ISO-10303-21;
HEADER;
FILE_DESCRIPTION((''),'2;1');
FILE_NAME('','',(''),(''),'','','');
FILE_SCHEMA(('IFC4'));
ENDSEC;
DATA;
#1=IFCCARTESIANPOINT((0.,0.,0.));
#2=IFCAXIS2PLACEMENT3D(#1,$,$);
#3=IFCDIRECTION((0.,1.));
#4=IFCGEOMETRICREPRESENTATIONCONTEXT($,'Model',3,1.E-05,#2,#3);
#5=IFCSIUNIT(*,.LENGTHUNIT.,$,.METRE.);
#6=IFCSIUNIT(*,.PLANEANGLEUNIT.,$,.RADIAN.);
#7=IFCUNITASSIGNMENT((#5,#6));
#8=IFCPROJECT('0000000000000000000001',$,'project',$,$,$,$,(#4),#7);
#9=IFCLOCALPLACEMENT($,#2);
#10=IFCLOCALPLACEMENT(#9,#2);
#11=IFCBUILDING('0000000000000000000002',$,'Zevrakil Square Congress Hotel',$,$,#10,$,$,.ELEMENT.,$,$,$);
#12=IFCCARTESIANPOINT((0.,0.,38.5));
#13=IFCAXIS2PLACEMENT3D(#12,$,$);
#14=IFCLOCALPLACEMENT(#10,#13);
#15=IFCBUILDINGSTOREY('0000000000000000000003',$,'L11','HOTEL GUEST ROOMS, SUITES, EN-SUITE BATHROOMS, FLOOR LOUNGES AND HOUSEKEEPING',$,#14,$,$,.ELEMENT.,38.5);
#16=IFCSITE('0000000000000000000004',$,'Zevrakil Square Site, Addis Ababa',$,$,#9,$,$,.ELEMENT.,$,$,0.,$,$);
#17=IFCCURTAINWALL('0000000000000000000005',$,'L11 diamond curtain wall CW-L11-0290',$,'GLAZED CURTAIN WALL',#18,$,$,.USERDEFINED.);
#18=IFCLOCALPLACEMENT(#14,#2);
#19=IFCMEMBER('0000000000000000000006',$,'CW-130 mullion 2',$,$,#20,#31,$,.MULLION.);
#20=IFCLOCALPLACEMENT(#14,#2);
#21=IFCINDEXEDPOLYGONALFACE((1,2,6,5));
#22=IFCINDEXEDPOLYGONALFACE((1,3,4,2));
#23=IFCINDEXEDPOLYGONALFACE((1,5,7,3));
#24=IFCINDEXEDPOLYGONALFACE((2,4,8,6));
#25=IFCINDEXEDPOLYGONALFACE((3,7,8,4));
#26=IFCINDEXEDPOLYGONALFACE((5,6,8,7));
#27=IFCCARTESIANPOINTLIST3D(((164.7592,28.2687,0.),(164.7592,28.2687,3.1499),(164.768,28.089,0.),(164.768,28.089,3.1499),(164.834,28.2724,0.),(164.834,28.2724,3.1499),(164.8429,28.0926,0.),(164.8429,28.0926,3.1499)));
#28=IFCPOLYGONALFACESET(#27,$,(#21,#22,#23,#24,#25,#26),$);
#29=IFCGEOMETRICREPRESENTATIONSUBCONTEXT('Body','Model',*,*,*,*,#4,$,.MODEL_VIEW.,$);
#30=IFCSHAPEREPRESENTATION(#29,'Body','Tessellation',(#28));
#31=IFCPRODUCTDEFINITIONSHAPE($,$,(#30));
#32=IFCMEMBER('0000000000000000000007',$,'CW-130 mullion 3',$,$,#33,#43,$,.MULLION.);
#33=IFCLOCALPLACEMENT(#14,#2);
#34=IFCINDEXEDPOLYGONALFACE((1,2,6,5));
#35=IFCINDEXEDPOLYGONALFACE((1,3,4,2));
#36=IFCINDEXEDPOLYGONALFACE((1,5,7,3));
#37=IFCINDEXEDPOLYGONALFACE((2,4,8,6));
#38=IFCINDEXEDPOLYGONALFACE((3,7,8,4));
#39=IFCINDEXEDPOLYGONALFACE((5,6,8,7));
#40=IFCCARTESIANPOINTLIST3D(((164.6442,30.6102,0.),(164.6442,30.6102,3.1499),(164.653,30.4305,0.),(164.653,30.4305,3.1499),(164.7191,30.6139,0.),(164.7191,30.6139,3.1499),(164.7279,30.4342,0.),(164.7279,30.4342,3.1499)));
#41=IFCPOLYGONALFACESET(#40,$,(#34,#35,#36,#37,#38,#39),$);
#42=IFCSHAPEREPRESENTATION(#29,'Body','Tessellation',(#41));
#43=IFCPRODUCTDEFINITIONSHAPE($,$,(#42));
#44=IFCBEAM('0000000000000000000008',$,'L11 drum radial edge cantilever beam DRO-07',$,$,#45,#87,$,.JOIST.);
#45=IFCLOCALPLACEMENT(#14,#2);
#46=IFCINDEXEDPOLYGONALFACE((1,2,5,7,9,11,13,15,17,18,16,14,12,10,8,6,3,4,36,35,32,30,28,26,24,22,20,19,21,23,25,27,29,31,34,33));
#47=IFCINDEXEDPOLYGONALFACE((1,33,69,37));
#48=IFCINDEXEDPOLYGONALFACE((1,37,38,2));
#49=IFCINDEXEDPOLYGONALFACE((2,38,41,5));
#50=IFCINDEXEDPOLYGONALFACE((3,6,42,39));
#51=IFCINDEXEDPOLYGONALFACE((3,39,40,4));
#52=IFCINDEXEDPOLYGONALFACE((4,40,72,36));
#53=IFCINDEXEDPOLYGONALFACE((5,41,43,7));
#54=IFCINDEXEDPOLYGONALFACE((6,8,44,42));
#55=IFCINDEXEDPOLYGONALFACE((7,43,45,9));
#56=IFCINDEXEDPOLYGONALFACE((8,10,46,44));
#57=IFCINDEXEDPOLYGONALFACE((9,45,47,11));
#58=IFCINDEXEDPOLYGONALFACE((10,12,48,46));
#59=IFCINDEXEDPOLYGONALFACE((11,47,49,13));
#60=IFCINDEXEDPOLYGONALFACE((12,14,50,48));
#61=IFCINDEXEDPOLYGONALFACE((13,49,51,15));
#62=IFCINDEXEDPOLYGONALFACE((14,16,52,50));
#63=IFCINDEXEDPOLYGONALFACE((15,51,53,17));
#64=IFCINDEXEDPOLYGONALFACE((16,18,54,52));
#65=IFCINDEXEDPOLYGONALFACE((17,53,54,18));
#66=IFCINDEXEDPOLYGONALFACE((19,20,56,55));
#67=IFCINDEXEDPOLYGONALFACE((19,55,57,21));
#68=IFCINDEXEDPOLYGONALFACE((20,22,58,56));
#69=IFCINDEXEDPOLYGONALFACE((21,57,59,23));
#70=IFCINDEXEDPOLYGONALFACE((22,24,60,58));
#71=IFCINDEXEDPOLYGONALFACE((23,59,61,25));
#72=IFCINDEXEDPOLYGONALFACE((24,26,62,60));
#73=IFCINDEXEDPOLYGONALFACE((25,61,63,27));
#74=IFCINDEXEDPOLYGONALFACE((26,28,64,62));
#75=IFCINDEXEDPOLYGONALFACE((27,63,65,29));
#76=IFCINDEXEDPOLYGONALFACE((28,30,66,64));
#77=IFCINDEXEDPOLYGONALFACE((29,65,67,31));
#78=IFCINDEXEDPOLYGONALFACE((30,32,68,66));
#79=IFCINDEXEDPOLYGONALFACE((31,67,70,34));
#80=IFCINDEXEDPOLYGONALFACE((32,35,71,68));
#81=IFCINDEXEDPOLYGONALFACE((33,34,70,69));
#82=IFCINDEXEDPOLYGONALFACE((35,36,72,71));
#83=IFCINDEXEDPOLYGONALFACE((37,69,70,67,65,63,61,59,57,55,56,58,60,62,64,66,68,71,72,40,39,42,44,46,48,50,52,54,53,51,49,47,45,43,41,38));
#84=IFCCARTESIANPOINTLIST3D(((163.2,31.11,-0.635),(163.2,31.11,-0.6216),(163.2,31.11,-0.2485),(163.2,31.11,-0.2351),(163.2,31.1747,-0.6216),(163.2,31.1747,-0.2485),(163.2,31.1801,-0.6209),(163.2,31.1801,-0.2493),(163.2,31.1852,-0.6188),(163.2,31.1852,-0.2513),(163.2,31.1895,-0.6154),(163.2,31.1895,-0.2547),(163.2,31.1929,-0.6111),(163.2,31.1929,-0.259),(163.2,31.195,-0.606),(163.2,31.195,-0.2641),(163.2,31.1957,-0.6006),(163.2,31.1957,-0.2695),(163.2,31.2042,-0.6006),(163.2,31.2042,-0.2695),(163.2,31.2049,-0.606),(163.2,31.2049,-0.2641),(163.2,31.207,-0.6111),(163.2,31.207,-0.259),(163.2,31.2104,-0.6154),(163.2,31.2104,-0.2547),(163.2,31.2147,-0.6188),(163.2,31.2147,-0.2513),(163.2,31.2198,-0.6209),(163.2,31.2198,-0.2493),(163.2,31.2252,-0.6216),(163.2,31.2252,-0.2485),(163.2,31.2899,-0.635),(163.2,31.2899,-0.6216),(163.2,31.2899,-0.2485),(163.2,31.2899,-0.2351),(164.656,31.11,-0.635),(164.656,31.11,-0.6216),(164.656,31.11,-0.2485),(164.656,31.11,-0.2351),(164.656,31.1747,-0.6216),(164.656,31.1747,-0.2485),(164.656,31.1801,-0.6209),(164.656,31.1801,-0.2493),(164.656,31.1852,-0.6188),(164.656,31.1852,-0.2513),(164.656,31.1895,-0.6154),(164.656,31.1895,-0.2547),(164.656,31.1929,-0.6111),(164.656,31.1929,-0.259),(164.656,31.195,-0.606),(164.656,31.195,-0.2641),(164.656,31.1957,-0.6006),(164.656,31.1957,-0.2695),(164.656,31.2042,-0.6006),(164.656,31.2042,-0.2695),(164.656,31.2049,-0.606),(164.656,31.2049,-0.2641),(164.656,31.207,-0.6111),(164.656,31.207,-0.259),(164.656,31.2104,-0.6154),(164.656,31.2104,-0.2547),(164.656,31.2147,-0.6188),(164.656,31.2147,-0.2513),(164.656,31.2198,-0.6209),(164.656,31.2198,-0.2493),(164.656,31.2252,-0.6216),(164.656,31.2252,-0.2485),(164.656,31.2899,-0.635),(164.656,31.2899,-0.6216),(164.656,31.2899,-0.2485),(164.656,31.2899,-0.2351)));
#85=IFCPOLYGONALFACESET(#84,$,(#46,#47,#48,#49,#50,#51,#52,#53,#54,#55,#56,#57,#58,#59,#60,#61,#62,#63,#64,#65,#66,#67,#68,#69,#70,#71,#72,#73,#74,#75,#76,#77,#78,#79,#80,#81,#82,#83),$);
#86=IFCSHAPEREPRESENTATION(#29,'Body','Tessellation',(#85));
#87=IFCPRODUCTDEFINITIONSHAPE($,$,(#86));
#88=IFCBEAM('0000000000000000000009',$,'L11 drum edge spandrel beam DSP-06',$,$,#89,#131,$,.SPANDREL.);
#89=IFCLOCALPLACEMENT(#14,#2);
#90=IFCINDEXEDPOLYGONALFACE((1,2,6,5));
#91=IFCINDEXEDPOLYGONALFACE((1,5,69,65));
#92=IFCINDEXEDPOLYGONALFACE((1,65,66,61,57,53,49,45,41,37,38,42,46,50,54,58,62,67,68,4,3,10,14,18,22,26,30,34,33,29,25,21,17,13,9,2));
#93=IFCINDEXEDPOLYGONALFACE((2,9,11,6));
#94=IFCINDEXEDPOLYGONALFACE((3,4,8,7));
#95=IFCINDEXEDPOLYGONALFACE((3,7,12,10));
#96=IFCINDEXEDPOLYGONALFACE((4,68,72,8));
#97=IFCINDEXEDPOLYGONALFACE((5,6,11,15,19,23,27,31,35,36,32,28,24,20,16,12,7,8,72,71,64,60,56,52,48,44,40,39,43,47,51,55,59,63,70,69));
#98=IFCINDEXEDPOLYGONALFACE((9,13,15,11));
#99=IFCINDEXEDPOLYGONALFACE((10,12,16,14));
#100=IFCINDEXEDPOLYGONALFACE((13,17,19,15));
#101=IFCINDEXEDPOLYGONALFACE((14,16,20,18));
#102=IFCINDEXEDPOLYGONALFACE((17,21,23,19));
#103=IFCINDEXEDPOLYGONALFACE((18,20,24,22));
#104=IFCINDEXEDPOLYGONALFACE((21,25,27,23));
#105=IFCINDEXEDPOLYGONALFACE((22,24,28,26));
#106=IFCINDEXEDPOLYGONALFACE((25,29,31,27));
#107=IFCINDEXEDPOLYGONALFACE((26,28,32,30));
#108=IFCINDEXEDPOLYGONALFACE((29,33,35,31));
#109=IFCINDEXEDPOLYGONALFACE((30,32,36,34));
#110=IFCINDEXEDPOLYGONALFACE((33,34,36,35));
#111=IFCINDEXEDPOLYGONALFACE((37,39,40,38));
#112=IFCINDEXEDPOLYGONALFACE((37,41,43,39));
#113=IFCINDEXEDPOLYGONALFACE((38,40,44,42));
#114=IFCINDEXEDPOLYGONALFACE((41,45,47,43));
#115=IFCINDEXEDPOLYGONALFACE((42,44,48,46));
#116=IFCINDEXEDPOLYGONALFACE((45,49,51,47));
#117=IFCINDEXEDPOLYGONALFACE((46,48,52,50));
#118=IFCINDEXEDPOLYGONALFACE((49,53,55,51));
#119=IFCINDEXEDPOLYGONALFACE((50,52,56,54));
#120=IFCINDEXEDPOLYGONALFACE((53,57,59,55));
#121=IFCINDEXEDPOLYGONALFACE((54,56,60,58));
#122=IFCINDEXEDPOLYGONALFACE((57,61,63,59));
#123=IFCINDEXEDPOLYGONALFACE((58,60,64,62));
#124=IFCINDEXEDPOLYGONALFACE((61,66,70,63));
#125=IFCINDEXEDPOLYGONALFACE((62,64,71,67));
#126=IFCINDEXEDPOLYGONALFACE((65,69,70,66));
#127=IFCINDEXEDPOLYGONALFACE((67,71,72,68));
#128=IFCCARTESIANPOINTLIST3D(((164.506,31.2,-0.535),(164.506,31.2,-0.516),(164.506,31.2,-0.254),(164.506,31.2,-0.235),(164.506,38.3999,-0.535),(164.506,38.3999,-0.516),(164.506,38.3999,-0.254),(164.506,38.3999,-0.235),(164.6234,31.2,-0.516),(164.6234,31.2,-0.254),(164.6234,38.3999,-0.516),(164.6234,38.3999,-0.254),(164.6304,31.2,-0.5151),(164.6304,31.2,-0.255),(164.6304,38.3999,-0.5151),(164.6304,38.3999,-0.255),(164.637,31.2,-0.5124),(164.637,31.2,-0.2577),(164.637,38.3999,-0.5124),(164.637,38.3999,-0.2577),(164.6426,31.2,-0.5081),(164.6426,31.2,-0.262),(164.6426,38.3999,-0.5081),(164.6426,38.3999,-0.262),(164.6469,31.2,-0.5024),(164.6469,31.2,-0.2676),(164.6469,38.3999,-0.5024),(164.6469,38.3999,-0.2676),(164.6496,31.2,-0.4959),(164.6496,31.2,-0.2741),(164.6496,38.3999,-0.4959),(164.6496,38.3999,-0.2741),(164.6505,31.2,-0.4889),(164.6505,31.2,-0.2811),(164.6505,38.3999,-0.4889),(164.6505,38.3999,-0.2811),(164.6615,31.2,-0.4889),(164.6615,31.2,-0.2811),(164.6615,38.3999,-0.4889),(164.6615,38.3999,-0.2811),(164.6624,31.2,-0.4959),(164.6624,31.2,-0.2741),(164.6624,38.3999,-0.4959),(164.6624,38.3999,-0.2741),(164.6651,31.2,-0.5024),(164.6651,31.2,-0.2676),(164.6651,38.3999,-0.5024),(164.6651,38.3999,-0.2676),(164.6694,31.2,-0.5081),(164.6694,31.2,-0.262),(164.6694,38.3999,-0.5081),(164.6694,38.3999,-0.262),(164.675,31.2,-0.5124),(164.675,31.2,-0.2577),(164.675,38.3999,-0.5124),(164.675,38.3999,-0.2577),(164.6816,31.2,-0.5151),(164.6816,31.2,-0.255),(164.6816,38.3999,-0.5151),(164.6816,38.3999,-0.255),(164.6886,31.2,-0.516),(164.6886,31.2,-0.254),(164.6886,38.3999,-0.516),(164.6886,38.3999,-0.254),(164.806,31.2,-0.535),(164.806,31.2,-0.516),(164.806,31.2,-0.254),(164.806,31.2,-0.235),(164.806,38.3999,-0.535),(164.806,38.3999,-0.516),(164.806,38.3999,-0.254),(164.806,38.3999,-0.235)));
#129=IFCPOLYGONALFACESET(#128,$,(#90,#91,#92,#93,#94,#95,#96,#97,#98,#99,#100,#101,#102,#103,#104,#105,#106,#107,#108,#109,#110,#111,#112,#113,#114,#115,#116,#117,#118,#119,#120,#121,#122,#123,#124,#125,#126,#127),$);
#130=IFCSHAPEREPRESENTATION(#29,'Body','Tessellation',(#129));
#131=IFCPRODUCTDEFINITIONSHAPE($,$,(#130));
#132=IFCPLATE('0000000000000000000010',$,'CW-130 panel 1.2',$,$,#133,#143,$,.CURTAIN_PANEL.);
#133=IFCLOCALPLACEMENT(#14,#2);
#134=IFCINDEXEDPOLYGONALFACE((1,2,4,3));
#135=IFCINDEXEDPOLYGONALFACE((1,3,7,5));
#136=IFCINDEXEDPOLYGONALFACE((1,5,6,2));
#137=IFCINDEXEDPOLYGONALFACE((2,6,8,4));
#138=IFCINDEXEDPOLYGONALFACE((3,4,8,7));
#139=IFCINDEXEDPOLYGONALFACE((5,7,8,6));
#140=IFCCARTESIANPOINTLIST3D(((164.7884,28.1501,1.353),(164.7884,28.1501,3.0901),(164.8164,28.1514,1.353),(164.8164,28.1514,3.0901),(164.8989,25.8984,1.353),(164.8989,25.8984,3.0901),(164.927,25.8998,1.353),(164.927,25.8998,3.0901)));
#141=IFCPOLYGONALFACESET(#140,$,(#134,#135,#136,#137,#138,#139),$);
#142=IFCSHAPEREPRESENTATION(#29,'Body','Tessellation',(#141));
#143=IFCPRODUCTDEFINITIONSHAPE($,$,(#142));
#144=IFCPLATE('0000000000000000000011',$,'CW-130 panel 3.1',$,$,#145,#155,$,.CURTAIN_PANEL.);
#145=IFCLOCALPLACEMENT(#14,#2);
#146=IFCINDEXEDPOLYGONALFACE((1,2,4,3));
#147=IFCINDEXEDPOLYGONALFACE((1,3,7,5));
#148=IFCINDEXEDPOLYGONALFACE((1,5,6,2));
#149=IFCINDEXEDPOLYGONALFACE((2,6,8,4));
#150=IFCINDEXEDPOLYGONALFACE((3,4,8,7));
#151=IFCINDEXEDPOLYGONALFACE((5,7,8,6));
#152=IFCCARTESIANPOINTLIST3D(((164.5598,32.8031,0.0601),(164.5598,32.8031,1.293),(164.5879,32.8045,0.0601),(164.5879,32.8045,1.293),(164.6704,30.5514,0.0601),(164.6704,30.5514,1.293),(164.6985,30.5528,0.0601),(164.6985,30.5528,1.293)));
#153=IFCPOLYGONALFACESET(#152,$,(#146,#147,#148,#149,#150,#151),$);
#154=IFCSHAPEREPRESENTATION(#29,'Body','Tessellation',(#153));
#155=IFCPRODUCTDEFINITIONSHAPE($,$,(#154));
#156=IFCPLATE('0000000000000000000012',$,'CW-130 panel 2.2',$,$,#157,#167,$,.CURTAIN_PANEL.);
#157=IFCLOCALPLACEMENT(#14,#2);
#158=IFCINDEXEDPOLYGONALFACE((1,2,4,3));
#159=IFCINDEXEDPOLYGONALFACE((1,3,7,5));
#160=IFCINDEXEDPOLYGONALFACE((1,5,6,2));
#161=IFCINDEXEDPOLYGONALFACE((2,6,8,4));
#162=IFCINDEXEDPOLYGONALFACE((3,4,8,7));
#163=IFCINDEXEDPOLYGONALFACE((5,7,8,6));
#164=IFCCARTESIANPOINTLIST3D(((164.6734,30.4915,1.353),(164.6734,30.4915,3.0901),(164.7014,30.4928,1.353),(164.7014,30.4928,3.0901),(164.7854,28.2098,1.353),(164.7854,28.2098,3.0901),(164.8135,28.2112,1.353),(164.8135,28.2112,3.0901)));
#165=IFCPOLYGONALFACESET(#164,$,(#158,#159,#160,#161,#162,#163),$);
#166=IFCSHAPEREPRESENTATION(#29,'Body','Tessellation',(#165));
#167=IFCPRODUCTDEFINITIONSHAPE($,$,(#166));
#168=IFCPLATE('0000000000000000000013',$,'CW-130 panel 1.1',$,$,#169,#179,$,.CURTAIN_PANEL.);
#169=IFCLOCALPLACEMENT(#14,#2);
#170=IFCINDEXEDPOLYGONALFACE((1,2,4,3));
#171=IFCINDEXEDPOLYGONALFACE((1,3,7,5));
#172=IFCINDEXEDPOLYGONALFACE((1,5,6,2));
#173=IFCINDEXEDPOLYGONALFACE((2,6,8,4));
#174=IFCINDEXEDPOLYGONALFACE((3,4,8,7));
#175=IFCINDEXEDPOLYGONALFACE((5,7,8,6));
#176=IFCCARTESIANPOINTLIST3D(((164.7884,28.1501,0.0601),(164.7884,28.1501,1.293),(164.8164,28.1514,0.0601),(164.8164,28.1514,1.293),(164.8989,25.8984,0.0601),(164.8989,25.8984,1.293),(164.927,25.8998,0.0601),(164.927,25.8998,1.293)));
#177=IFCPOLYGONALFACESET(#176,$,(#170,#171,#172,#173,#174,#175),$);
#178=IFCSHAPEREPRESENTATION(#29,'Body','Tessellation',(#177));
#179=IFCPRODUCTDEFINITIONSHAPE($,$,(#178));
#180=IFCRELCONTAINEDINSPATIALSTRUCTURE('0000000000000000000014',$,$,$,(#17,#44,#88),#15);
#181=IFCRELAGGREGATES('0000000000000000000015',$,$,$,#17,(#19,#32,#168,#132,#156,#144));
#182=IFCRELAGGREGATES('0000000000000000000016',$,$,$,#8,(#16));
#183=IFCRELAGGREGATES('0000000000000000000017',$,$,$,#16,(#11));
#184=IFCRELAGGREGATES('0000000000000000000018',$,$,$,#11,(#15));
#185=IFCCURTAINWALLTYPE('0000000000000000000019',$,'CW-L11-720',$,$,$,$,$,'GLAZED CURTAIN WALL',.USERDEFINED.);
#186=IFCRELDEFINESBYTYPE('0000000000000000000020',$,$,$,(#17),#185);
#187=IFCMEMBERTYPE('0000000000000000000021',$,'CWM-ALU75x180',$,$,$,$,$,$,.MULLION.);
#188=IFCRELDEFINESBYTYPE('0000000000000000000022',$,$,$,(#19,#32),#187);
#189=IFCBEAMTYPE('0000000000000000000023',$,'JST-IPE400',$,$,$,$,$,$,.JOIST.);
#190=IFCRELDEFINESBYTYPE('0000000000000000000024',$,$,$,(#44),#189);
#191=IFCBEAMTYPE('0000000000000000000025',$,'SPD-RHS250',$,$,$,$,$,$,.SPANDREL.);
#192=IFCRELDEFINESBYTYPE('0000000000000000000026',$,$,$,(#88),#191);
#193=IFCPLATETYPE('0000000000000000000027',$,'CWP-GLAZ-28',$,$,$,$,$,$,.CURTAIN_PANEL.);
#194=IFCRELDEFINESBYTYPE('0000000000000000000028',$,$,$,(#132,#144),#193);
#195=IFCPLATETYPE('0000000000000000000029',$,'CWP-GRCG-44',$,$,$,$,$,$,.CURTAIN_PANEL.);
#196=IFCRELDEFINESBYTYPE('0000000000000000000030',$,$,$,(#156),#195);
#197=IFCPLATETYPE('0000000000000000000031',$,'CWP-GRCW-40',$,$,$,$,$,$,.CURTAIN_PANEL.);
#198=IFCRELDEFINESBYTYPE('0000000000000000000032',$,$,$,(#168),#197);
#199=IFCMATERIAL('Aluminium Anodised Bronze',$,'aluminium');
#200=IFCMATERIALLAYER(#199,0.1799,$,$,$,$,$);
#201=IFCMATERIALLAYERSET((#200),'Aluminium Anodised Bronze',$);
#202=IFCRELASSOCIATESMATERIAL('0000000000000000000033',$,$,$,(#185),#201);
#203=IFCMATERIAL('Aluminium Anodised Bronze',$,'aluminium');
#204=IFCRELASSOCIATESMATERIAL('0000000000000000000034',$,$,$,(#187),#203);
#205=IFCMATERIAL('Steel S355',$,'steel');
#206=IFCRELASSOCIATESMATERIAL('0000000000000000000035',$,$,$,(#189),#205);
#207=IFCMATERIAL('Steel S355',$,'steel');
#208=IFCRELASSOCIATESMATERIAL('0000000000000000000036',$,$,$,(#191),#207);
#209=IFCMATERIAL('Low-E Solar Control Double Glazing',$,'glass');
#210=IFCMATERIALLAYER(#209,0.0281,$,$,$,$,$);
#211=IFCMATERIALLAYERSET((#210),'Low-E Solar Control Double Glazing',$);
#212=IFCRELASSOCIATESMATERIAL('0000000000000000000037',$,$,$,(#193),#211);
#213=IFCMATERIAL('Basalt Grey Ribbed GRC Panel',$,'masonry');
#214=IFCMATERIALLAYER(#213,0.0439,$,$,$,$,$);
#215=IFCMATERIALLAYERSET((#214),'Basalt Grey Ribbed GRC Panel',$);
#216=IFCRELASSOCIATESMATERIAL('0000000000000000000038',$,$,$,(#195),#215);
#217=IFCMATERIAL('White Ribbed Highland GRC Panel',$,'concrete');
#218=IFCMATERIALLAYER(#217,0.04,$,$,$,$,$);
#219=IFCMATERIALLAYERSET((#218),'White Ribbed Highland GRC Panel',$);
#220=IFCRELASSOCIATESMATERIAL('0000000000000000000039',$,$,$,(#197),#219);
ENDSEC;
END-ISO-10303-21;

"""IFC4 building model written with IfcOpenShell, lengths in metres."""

from ifc_helpers import new_model, si_unit, direction, frame, origin, origin_2d, place, context, subcontext, project, spatial, rectangle, i_section, extrude, material, layer, layer_set, material_profile, profile_set, type_object, element, aggregate, save


model = new_model("IFC4")

# Units and contexts
model_context = context("Model", 3, precision=1e-05, world=origin(), true_north=direction((0.0, 1.0)))
body_context = subcontext(model_context, "Body", "Model", "MODEL_VIEW")
ifc_project = project(units=[si_unit("LENGTHUNIT", "METRE"), si_unit("PLANEANGLEUNIT", "RADIAN")], contexts=[model_context])

# Site, building, storey
site_placement = place(None, origin())
site = spatial("IfcSite", under=ifc_project, at=site_placement, Name="Zevrakil Square Site, Addis Ababa", CompositionType="ELEMENT", RefElevation=0.0)
building_placement = place(site_placement, origin())
building = spatial("IfcBuilding", under=site, at=building_placement, Name="Zevrakil Square Congress Hotel", CompositionType="ELEMENT")
storey_placement = place(building_placement, frame((0.0, 0.0, 38.5)))
storey = spatial("IfcBuildingStorey", under=building, at=storey_placement, Name="L11", Description="HOTEL GUEST ROOMS, SUITES, EN-SUITE BATHROOMS, FLOOR LOUNGES AND HOUSEKEEPING", CompositionType="ELEMENT", Elevation=38.5)

# Curtain wall, members
ifc_material_1 = material(Name="Aluminium Anodised Bronze", Category="aluminium")
ifc_layer_1 = layer(ifc_material_1, 0.1799)
ifc_layer_set_1 = layer_set([ifc_layer_1], Name="Aluminium Anodised Bronze")
curtain_wall_type = type_object("IfcCurtainWallType", Name="CW-L11-720", ElementType="GLAZED CURTAIN WALL", PredefinedType="USERDEFINED", material=ifc_layer_set_1)
curtain_wall_placement = place(storey_placement, origin())
curtain_wall = element("IfcCurtainWall", 1, at=curtain_wall_placement, inside=storey, type_object=curtain_wall_type, Name="L11 diamond curtain wall CW-L11-0290", ObjectType="GLAZED CURTAIN WALL", PredefinedType="USERDEFINED")
ifc_material_2 = material(Name="Aluminium Anodised Bronze", Category="aluminium")
ifc_material_profile_1 = material_profile(ifc_material_2, rectangle(XDim=0.075, YDim=0.1799, at=origin_2d()), Name="ALU 75x180")
ifc_profile_set_1 = profile_set([ifc_material_profile_1], Name="Aluminium Anodised Bronze")
member_type_1 = type_object("IfcMemberType", Name="CWM-ALU75x180", PredefinedType="MULLION", material=ifc_profile_set_1)
member_1_placement = place(storey_placement, frame((164.801, 28.1807, 0.0), z_axis=(0.0, 0.0, 1.0), x_axis=(-0.998796, -0.049053, 0.0)))
member_1 = element("IfcMember", 2, at=member_1_placement, type_object=member_type_1, Name="CW-130 mullion 2", PredefinedType="MULLION", context=body_context, shape_type="SweptSolid", body=[
    extrude(rectangle(XDim=0.075, YDim=0.1799, at=origin_2d()), origin(), (0.0, 0.0, 1.0), 3.1499),
])
member_2_placement = place(storey_placement, frame((164.686, 30.5222, 0.0), z_axis=(0.0, 0.0, 1.0), x_axis=(-0.998796, -0.049053, 0.0)))
member_2 = element("IfcMember", 3, at=member_2_placement, type_object=member_type_1, Name="CW-130 mullion 3", PredefinedType="MULLION", context=body_context, shape_type="SweptSolid", body=[
    extrude(rectangle(XDim=0.075, YDim=0.1799, at=origin_2d()), origin(), (0.0, 0.0, 1.0), 3.1499),
])

# Beams
ifc_material_3 = material(Name="Steel S355", Category="steel")
ifc_material_profile_2 = material_profile(ifc_material_3, i_section(OverallWidth=0.1799, OverallDepth=0.3999, WebThickness=0.0085, FlangeThickness=0.0134, FilletRadius=0.021, at=origin_2d()), Name="IPE 400")
ifc_profile_set_2 = profile_set([ifc_material_profile_2], Name="Steel S355")
beam_type_1 = type_object("IfcBeamType", Name="JST-IPE400", PredefinedType="JOIST", material=ifc_profile_set_2)
beam_1_placement = place(storey_placement, frame((163.2, 31.2, -0.4351), z_axis=(1.0, 0.0, 0.0), x_axis=(0.0, 1.0, 0.0)))
element("IfcBeam", 4, at=beam_1_placement, inside=storey, type_object=beam_type_1, Name="L11 drum radial edge cantilever beam DRO-07", PredefinedType="JOIST", context=body_context, shape_type="SweptSolid", body=[
    extrude(i_section(OverallWidth=0.1799, OverallDepth=0.3999, WebThickness=0.0085, FlangeThickness=0.0134, FilletRadius=0.021, at=origin_2d()), origin(), (0.0, 0.0, 1.0), 1.4561),
])
ifc_material_4 = material(Name="Steel S355", Category="steel")
ifc_material_profile_3 = material_profile(ifc_material_4, i_section(OverallWidth=0.3, OverallDepth=0.3, WebThickness=0.011, FlangeThickness=0.019, FilletRadius=0.0271, at=origin_2d()), Name="HEB 300")
ifc_profile_set_3 = profile_set([ifc_material_profile_3], Name="Steel S355")
beam_type_2 = type_object("IfcBeamType", Name="SPD-RHS250", PredefinedType="SPANDREL", material=ifc_profile_set_3)
beam_2_placement = place(storey_placement, frame((164.656, 31.2, -0.385), z_axis=(0.0, 1.0, 0.0), x_axis=(-1.0, 0.0, 0.0)))
element("IfcBeam", 5, at=beam_2_placement, inside=storey, type_object=beam_type_2, Name="L11 drum edge spandrel beam DSP-06", PredefinedType="SPANDREL", context=body_context, shape_type="SweptSolid", body=[
    extrude(i_section(OverallWidth=0.3, OverallDepth=0.3, WebThickness=0.011, FlangeThickness=0.019, FilletRadius=0.0271, at=origin_2d()), origin(), (0.0, 0.0, 1.0), 7.2),
])

# Plates
ifc_material_5 = material(Name="Low-E Solar Control Double Glazing", Category="glass")
ifc_layer_2 = layer(ifc_material_5, 0.0281)
ifc_layer_set_2 = layer_set([ifc_layer_2], Name="Low-E Solar Control Double Glazing")
plate_type_1 = type_object("IfcPlateType", Name="CWP-GLAZ-28", PredefinedType="CURTAIN_PANEL", material=ifc_layer_set_2)
plate_1_placement = place(storey_placement, frame((164.8577, 27.0249, 1.353), z_axis=(0.0, 0.0, 1.0), x_axis=(-0.049053, 0.998796, 0.0)))
plate_1 = element("IfcPlate", 6, at=plate_1_placement, type_object=plate_type_1, Name="CW-130 panel 1.2", PredefinedType="CURTAIN_PANEL", context=body_context, shape_type="SweptSolid", body=[
    extrude(rectangle(XDim=2.2544, YDim=0.0281, at=origin_2d()), origin(), (0.0, 0.0, 1.0), 1.7371),
])
plate_2_placement = place(storey_placement, frame((164.6292, 31.678, 0.0601), z_axis=(0.0, 0.0, 1.0), x_axis=(-0.049053, 0.998796, 0.0)))
plate_2 = element("IfcPlate", 7, at=plate_2_placement, type_object=plate_type_1, Name="CW-130 panel 3.1", PredefinedType="CURTAIN_PANEL", context=body_context, shape_type="SweptSolid", body=[
    extrude(rectangle(XDim=2.2544, YDim=0.0281, at=origin_2d()), origin(), (0.0, 0.0, 1.0), 1.2329),
])
ifc_material_6 = material(Name="Basalt Grey Ribbed GRC Panel", Category="masonry")
ifc_layer_3 = layer(ifc_material_6, 0.0439)
ifc_layer_set_3 = layer_set([ifc_layer_3], Name="Basalt Grey Ribbed GRC Panel")
plate_type_2 = type_object("IfcPlateType", Name="CWP-GRCG-44", PredefinedType="CURTAIN_PANEL", material=ifc_layer_set_3)
plate_3_placement = place(storey_placement, frame((164.7434, 29.3513, 1.353), z_axis=(0.0, 0.0, 1.0), x_axis=(-0.049053, 0.998796, 0.0)))
plate_3 = element("IfcPlate", 8, at=plate_3_placement, type_object=plate_type_2, Name="CW-130 panel 2.2", PredefinedType="CURTAIN_PANEL", context=body_context, shape_type="SweptSolid", body=[
    extrude(rectangle(XDim=2.2844, YDim=0.0281, at=origin_2d()), origin(), (0.0, 0.0, 1.0), 1.7371),
])
ifc_material_7 = material(Name="White Ribbed Highland GRC Panel", Category="concrete")
ifc_layer_4 = layer(ifc_material_7, 0.04)
ifc_layer_set_4 = layer_set([ifc_layer_4], Name="White Ribbed Highland GRC Panel")
plate_type_3 = type_object("IfcPlateType", Name="CWP-GRCW-40", PredefinedType="CURTAIN_PANEL", material=ifc_layer_set_4)
plate_4_placement = place(storey_placement, frame((164.8577, 27.0249, 0.0601), z_axis=(0.0, 0.0, 1.0), x_axis=(-0.049053, 0.998796, 0.0)))
plate_4 = element("IfcPlate", 9, at=plate_4_placement, type_object=plate_type_3, Name="CW-130 panel 1.1", PredefinedType="CURTAIN_PANEL", context=body_context, shape_type="SweptSolid", body=[
    extrude(rectangle(XDim=2.2544, YDim=0.0281, at=origin_2d()), origin(), (0.0, 0.0, 1.0), 1.2329),
])
aggregate(curtain_wall, [member_1, member_2, plate_4, plate_1, plate_3, plate_2])

save(model, "model.ifc")
